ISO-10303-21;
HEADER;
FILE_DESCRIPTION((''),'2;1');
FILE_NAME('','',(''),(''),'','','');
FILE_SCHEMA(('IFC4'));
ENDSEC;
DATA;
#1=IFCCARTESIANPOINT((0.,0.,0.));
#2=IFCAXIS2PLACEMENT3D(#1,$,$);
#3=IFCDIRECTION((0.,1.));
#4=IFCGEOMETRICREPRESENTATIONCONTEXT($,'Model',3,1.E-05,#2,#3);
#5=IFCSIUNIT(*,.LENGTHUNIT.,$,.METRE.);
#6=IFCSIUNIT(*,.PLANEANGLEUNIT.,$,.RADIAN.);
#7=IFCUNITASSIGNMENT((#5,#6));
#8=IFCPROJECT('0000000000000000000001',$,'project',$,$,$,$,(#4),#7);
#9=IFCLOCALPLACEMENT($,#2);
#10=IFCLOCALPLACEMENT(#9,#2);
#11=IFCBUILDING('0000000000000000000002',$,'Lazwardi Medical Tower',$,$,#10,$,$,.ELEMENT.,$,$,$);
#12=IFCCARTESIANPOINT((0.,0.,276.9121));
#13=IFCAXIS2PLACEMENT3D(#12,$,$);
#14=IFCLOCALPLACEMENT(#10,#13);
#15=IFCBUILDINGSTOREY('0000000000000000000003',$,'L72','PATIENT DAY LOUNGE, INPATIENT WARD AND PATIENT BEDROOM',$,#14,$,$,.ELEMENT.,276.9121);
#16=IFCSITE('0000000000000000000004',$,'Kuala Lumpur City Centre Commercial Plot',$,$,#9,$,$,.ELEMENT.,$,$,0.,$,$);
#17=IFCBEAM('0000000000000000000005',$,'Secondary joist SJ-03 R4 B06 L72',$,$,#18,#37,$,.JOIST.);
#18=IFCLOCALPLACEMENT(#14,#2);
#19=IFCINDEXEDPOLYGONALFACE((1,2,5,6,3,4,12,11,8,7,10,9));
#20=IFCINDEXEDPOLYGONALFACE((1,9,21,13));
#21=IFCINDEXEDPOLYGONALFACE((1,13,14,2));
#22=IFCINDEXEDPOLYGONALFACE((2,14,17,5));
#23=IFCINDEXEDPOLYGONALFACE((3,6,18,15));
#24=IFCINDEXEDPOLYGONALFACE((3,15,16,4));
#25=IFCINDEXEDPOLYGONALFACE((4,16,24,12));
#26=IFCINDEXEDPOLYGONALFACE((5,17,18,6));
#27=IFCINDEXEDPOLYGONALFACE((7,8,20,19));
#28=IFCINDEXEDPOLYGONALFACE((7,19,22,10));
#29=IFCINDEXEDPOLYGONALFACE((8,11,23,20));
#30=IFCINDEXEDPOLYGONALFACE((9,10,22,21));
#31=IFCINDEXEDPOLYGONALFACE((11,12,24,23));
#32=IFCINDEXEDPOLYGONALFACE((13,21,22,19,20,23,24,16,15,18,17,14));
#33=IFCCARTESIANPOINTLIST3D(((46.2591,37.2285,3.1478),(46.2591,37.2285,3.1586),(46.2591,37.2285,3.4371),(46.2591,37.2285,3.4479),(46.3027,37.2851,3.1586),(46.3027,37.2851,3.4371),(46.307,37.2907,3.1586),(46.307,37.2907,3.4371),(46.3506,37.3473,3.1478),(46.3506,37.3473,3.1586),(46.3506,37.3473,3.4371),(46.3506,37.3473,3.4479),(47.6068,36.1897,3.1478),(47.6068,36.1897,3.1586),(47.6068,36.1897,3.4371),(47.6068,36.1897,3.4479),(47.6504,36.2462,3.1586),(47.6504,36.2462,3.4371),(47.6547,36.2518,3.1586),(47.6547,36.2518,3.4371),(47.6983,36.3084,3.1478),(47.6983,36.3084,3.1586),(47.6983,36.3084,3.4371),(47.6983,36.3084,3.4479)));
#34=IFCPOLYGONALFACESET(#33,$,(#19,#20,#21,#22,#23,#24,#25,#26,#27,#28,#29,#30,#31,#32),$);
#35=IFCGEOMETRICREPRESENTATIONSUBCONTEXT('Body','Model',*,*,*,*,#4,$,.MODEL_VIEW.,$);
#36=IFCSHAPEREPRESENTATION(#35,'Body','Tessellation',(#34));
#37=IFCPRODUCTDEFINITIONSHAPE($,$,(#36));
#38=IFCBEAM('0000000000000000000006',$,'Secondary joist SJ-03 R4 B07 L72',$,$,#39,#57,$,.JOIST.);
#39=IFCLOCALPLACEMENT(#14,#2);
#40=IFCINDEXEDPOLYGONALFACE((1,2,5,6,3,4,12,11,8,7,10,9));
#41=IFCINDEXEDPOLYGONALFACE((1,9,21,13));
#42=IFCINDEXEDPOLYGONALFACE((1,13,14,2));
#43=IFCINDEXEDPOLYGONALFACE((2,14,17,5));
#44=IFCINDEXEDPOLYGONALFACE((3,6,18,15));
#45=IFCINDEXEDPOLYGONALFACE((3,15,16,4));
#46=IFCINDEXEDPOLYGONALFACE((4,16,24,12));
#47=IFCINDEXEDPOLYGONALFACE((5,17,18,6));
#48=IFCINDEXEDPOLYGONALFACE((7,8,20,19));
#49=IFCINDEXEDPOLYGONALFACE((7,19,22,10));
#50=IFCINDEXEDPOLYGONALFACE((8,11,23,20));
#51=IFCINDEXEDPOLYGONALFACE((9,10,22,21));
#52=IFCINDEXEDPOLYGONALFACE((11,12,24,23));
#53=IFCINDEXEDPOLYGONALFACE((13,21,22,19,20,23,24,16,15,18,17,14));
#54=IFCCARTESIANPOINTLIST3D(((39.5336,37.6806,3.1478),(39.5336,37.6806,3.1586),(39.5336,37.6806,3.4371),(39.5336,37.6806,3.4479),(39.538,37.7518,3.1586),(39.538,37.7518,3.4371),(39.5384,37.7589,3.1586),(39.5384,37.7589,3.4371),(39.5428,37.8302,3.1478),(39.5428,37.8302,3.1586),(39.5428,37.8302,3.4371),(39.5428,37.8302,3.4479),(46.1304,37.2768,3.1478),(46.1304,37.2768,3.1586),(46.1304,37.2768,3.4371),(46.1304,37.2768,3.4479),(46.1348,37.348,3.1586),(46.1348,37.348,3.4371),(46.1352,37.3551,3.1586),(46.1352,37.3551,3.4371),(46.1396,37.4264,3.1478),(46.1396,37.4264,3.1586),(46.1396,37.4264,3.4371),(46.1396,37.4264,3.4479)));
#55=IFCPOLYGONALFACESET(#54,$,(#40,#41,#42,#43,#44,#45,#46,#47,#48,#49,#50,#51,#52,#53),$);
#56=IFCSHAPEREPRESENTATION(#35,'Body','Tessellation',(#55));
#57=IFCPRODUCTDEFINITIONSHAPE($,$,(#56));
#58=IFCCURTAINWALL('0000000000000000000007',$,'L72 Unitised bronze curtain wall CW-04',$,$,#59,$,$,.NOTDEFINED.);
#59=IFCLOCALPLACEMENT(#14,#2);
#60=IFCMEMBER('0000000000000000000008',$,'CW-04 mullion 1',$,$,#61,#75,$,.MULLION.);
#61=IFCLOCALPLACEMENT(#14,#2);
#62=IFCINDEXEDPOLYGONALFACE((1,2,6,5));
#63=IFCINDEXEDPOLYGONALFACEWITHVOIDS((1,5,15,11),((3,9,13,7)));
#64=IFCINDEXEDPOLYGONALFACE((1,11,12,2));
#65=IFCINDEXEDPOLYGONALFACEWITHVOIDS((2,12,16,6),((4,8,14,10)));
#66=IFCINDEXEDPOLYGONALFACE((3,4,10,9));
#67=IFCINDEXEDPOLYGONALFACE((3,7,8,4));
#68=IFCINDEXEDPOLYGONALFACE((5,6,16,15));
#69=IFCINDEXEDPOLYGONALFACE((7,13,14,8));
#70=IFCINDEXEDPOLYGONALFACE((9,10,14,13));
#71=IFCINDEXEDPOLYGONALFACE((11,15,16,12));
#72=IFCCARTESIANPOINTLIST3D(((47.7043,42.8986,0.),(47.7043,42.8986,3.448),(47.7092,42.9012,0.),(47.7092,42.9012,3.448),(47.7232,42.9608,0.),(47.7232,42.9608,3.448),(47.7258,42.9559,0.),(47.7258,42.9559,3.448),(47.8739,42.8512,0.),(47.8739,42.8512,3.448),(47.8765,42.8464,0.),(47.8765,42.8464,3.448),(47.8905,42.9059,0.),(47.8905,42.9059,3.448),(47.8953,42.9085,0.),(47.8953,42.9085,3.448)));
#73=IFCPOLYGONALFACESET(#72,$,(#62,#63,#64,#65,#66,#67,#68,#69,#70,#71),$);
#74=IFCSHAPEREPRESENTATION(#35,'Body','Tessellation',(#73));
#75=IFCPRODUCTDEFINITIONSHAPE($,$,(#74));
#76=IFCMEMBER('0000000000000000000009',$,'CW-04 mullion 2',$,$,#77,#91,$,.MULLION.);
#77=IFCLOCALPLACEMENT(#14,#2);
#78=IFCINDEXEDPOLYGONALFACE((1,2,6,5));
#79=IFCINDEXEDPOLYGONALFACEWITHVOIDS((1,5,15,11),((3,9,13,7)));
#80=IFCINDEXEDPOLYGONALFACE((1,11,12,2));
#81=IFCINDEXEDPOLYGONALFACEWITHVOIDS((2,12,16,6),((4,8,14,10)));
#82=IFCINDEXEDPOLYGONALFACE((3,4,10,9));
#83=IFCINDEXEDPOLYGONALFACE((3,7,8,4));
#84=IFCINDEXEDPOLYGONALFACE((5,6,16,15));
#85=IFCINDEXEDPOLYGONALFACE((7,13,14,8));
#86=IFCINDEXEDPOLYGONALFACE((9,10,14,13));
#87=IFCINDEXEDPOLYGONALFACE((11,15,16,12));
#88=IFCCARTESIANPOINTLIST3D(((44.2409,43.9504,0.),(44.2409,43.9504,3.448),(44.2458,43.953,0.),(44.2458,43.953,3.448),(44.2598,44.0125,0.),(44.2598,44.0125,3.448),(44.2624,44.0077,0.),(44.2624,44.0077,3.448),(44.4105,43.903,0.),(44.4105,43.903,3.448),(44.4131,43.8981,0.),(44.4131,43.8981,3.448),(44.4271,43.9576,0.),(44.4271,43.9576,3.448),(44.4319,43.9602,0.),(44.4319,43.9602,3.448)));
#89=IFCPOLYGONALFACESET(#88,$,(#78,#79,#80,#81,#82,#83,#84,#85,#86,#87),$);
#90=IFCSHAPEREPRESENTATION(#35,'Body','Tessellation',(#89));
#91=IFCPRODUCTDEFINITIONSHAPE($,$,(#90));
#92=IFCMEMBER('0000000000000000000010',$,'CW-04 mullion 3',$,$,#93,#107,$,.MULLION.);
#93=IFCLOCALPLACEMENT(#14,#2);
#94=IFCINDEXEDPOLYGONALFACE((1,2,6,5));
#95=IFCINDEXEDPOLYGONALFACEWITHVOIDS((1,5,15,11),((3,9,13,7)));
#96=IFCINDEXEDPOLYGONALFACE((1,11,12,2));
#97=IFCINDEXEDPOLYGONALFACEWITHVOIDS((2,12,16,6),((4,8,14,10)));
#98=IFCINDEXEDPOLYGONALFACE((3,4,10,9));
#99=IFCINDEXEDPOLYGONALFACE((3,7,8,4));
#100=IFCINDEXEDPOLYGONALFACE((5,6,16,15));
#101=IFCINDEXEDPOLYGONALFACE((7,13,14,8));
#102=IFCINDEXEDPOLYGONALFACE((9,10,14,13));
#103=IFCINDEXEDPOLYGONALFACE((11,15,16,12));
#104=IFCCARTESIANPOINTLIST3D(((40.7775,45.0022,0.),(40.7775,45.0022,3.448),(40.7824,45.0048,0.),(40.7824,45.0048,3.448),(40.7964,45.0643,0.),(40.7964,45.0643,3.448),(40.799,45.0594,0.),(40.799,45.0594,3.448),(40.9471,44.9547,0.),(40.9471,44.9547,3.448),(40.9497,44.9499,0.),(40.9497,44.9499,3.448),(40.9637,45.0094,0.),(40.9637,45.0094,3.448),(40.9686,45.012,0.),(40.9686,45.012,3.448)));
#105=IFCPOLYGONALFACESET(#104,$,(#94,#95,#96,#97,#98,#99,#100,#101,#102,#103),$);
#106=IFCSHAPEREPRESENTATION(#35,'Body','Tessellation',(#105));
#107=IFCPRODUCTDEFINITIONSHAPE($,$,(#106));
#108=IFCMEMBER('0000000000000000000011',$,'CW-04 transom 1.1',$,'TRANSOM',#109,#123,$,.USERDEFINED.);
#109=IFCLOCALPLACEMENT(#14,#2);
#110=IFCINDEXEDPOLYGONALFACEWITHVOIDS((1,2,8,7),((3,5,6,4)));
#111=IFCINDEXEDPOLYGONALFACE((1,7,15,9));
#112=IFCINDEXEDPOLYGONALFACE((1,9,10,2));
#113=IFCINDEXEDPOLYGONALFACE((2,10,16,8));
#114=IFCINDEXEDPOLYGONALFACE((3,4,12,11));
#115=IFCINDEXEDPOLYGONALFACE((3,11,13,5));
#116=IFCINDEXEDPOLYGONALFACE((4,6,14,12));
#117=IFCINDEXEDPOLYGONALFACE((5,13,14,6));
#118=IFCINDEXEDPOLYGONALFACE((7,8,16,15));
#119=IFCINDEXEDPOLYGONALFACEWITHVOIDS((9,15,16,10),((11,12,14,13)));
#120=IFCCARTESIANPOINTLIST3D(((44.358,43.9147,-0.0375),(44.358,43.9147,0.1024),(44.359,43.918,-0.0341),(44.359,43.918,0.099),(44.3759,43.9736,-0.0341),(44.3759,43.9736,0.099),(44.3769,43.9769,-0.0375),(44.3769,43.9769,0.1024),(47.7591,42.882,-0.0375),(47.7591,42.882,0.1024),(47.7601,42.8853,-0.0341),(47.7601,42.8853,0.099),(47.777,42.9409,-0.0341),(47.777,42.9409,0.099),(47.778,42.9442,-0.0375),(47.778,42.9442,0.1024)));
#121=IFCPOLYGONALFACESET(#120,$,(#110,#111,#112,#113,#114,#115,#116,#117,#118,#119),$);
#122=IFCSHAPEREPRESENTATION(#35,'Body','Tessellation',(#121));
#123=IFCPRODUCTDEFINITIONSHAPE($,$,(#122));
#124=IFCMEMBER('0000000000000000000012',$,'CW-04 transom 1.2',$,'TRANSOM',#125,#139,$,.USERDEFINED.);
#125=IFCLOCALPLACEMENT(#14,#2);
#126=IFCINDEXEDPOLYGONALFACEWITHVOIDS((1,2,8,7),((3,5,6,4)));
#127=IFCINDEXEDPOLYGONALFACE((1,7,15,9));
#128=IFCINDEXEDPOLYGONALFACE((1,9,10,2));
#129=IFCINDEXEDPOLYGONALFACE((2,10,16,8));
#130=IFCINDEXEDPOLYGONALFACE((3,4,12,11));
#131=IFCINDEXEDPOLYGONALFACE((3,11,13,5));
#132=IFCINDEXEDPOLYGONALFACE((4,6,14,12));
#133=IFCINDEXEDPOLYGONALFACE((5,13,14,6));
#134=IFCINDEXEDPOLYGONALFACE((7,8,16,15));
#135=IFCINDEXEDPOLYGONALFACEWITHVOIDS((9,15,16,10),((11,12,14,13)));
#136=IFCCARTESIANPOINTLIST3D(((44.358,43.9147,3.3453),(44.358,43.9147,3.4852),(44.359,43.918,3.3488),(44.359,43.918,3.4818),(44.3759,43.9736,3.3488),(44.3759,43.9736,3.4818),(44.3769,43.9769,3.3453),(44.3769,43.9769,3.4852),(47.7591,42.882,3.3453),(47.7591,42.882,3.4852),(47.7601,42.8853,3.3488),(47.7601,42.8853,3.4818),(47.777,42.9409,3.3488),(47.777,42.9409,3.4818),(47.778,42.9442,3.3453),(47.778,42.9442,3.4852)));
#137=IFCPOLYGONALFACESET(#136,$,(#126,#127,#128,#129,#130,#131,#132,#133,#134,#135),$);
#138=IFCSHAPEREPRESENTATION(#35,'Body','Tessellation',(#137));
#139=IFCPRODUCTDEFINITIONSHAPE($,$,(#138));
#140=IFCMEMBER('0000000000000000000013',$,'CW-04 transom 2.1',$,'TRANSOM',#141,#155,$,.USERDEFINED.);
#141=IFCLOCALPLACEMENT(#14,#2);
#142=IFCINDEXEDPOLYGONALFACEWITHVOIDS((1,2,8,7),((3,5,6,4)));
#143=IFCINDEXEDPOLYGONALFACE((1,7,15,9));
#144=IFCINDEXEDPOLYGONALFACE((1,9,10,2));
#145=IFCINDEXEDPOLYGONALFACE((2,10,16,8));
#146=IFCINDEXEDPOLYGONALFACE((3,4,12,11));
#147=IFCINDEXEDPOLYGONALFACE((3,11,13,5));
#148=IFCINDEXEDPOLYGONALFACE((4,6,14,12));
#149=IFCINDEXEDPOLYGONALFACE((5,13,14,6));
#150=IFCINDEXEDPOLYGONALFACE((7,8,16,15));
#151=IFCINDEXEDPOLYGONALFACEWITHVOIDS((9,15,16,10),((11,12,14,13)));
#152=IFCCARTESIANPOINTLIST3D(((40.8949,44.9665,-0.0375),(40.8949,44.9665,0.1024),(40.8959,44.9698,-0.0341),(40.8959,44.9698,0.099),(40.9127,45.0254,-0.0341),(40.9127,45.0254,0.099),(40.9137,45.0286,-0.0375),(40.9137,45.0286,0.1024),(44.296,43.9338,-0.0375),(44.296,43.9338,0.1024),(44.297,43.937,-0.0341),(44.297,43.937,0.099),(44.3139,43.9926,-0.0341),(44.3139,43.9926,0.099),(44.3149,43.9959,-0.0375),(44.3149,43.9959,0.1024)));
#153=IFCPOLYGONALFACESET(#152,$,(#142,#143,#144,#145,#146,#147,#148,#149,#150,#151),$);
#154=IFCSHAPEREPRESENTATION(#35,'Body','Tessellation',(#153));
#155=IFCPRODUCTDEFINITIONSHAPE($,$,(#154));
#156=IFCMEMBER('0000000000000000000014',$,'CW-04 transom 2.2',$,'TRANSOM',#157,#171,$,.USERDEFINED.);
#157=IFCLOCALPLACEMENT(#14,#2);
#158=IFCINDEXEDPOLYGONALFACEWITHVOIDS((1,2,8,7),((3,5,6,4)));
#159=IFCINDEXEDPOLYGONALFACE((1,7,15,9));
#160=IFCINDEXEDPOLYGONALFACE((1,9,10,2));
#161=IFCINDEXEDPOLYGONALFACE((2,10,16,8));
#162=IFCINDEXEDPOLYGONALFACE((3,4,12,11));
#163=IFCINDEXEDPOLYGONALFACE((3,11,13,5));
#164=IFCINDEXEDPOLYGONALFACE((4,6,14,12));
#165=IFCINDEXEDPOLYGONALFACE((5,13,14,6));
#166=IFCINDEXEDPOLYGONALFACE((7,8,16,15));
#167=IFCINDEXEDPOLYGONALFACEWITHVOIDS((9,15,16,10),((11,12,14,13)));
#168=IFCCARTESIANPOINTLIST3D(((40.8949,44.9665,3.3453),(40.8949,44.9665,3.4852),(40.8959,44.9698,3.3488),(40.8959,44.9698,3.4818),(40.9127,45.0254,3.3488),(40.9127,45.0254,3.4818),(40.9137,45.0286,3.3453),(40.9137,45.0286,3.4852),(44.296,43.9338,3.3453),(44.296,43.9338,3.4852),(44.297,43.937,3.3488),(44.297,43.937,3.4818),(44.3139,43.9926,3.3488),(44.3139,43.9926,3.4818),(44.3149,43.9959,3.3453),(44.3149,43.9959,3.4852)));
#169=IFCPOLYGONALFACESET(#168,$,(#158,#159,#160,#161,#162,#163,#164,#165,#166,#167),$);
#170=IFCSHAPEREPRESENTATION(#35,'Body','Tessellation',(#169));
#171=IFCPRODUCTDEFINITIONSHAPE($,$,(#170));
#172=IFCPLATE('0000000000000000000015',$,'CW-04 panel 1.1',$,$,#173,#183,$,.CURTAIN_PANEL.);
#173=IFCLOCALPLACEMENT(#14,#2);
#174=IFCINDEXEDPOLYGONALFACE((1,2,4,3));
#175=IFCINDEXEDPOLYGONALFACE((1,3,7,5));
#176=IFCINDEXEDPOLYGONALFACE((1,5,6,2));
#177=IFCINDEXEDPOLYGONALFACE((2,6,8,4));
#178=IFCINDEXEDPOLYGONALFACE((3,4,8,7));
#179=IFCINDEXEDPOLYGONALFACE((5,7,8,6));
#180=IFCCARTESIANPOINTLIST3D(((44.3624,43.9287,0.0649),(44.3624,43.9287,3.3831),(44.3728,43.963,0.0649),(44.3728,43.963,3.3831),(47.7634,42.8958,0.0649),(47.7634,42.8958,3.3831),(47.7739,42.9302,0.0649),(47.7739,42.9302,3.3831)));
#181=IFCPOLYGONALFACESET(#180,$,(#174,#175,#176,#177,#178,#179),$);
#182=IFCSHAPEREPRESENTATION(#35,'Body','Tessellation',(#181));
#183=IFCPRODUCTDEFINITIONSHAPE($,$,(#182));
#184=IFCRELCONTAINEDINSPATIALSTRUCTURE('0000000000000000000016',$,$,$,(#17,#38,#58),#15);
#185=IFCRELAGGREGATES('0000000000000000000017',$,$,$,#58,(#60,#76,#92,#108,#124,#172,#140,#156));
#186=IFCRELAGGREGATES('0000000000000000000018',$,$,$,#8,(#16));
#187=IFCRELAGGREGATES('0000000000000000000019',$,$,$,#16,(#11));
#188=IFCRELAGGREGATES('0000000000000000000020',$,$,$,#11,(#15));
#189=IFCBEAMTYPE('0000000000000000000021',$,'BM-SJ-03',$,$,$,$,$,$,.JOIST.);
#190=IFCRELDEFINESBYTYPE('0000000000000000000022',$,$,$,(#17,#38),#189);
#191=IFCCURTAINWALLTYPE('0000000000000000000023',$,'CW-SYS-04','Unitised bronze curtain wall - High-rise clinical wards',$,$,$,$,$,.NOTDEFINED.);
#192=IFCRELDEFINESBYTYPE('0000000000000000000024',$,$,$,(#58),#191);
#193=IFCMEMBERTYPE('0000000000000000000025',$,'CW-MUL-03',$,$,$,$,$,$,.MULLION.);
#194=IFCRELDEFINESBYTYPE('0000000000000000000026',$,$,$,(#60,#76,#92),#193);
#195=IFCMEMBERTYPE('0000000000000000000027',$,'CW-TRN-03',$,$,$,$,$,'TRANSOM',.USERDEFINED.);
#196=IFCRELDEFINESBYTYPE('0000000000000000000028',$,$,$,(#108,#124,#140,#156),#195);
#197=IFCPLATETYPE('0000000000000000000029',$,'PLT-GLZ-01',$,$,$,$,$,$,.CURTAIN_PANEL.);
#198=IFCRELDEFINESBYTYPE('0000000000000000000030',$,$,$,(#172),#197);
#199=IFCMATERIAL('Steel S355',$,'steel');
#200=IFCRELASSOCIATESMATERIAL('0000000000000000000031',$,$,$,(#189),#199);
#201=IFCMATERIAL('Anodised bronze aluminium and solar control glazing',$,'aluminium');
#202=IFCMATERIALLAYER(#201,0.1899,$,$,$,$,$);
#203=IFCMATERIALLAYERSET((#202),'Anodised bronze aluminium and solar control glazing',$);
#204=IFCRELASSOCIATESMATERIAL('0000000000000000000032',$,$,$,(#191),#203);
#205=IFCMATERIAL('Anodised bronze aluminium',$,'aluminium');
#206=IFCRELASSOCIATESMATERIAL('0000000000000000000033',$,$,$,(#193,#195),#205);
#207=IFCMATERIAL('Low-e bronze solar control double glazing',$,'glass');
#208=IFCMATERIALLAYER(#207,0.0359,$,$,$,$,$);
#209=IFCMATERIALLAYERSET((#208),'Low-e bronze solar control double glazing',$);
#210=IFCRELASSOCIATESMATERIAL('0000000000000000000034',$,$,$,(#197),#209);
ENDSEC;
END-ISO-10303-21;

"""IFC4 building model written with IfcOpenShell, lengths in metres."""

from ifc_helpers import new_model, si_unit, direction, frame, origin, origin_2d, place, context, subcontext, project, spatial, rectangle, hollow_rectangle, i_section, extrude, material, layer, layer_set, material_profile, profile_set, type_object, element, aggregate, save


model = new_model("IFC4")

# Units and contexts
model_context = context("Model", 3, precision=1e-05, world=origin(), true_north=direction((0.0, 1.0)))
body_context = subcontext(model_context, "Body", "Model", "MODEL_VIEW")
ifc_project = project(units=[si_unit("LENGTHUNIT", "METRE"), si_unit("PLANEANGLEUNIT", "RADIAN")], contexts=[model_context])

# Site, building, storey
site_placement = place(None, origin())
site = spatial("IfcSite", under=ifc_project, at=site_placement, Name="Kuala Lumpur City Centre Commercial Plot", CompositionType="ELEMENT", RefElevation=0.0)
building_placement = place(site_placement, origin())
building = spatial("IfcBuilding", under=site, at=building_placement, Name="Lazwardi Medical Tower", CompositionType="ELEMENT")
storey_placement = place(building_placement, frame((0.0, 0.0, 276.9121)))
storey = spatial("IfcBuildingStorey", under=building, at=storey_placement, Name="L72", Description="PATIENT DAY LOUNGE, INPATIENT WARD AND PATIENT BEDROOM", CompositionType="ELEMENT", Elevation=276.9121)

# Beams
ifc_material_1 = material(Name="Steel S355", Category="steel")
ifc_material_profile_1 = material_profile(ifc_material_1, i_section(OverallWidth=0.1499, OverallDepth=0.3, WebThickness=0.0071, FlangeThickness=0.0107, at=origin_2d()), Name="IPE 300")
ifc_profile_set_1 = profile_set([ifc_material_profile_1], Name="Steel S355")
beam_type_1 = type_object("IfcBeamType", Name="BM-SJ-03", PredefinedType="JOIST", material=ifc_profile_set_1)
beam_1_placement = place(storey_placement, frame((47.6526, 36.249, 3.2979), z_axis=(-0.79201, 0.610508, 0.0), x_axis=(-0.610508, -0.79201, 0.0)))
element("IfcBeam", 1, at=beam_1_placement, inside=storey, type_object=beam_type_1, Name="Secondary joist SJ-03 R4 B06 L72", PredefinedType="JOIST", context=body_context, shape_type="SweptSolid", body=[
    extrude(i_section(OverallWidth=0.1499, OverallDepth=0.3, WebThickness=0.0071, FlangeThickness=0.0107, at=origin_2d()), origin(), (0.0, 0.0, 1.0), 1.7017),
])
beam_2_placement = place(storey_placement, frame((46.135, 37.3516, 3.2979), z_axis=(-0.998132, 0.0611, 0.0), x_axis=(-0.0611, -0.998132, 0.0)))
element("IfcBeam", 2, at=beam_2_placement, inside=storey, type_object=beam_type_1, Name="Secondary joist SJ-03 R4 B07 L72", PredefinedType="JOIST", context=body_context, shape_type="SweptSolid", body=[
    extrude(i_section(OverallWidth=0.1499, OverallDepth=0.3, WebThickness=0.0071, FlangeThickness=0.0107, at=origin_2d()), origin(), (0.0, 0.0, 1.0), 6.6091),
])

# Curtain wall, members, plate
ifc_material_2 = material(Name="Anodised bronze aluminium and solar control glazing", Category="aluminium")
ifc_layer_1 = layer(ifc_material_2, 0.1899)
ifc_layer_set_1 = layer_set([ifc_layer_1], Name="Anodised bronze aluminium and solar control glazing")
curtain_wall_type = type_object("IfcCurtainWallType", Name="CW-SYS-04", Description="Unitised bronze curtain wall - High-rise clinical wards", PredefinedType="NOTDEFINED", material=ifc_layer_set_1)
curtain_wall_placement = place(storey_placement, origin())
curtain_wall = element("IfcCurtainWall", 3, at=curtain_wall_placement, inside=storey, type_object=curtain_wall_type, Name="L72 Unitised bronze curtain wall CW-04", PredefinedType="NOTDEFINED")
ifc_material_3 = material(Name="Anodised bronze aluminium", Category="aluminium")
ifc_material_profile_2 = material_profile(ifc_material_3, hollow_rectangle(XDim=0.0649, YDim=0.1799, WallThickness=0.0039, at=origin_2d()), Name="ALU-MULLION 180x65x4")
ifc_profile_set_2 = profile_set([ifc_material_profile_2], Name="Anodised bronze aluminium")
member_type_1 = type_object("IfcMemberType", Name="CW-MUL-03", PredefinedType="MULLION", material=ifc_profile_set_2)
member_1_placement = place(storey_placement, frame((47.7998, 42.9036, 0.0), z_axis=(0.0, 0.0, 1.0), x_axis=(-0.290582, -0.95685, 0.0)))
member_1 = element("IfcMember", 4, at=member_1_placement, type_object=member_type_1, Name="CW-04 mullion 1", PredefinedType="MULLION", context=body_context, shape_type="SweptSolid", body=[
    extrude(hollow_rectangle(XDim=0.0649, YDim=0.1799, WallThickness=0.0039, at=origin_2d()), origin(), (0.0, 0.0, 1.0), 3.448),
])
member_2_placement = place(storey_placement, frame((44.3364, 43.9553, 0.0), z_axis=(0.0, 0.0, 1.0), x_axis=(-0.290582, -0.95685, 0.0)))
member_2 = element("IfcMember", 5, at=member_2_placement, type_object=member_type_1, Name="CW-04 mullion 2", PredefinedType="MULLION", context=body_context, shape_type="SweptSolid", body=[
    extrude(hollow_rectangle(XDim=0.0649, YDim=0.1799, WallThickness=0.0039, at=origin_2d()), origin(), (0.0, 0.0, 1.0), 3.448),
])
member_3_placement = place(storey_placement, frame((40.873, 45.0071, 0.0), z_axis=(0.0, 0.0, 1.0), x_axis=(-0.290582, -0.95685, 0.0)))
member_3 = element("IfcMember", 6, at=member_3_placement, type_object=member_type_1, Name="CW-04 mullion 3", PredefinedType="MULLION", context=body_context, shape_type="SweptSolid", body=[
    extrude(hollow_rectangle(XDim=0.0649, YDim=0.1799, WallThickness=0.0039, at=origin_2d()), origin(), (0.0, 0.0, 1.0), 3.448),
])
ifc_material_profile_3 = material_profile(ifc_material_3, hollow_rectangle(XDim=0.0649, YDim=0.1399, WallThickness=0.0034, at=origin_2d()), Name="ALU-TRANSOM 140x65x3.5")
ifc_profile_set_3 = profile_set([ifc_material_profile_3], Name="Anodised bronze aluminium")
member_type_2 = type_object("IfcMemberType", Name="CW-TRN-03", ElementType="TRANSOM", PredefinedType="USERDEFINED", material=ifc_profile_set_3)
member_4_placement = place(storey_placement, frame((47.7686, 42.9131, 0.0325), z_axis=(-0.956863, 0.290541, 0.0), x_axis=(-0.290541, -0.956863, 0.0)))
member_4 = element("IfcMember", 7, at=member_4_placement, type_object=member_type_2, Name="CW-04 transom 1.1", ObjectType="TRANSOM", PredefinedType="USERDEFINED", context=body_context, shape_type="SweptSolid", body=[
    extrude(hollow_rectangle(XDim=0.0649, YDim=0.1399, WallThickness=0.0034, at=origin_2d()), origin(), (0.0, 0.0, 1.0), 3.5544),
])
member_5_placement = place(storey_placement, frame((47.7686, 42.9131, 3.4153), z_axis=(-0.956863, 0.290541, 0.0), x_axis=(-0.290541, -0.956863, 0.0)))
member_5 = element("IfcMember", 8, at=member_5_placement, type_object=member_type_2, Name="CW-04 transom 1.2", ObjectType="TRANSOM", PredefinedType="USERDEFINED", context=body_context, shape_type="SweptSolid", body=[
    extrude(hollow_rectangle(XDim=0.0649, YDim=0.1399, WallThickness=0.0034, at=origin_2d()), origin(), (0.0, 0.0, 1.0), 3.5544),
])
member_6_placement = place(storey_placement, frame((44.3054, 43.9648, 0.0325), z_axis=(-0.956863, 0.290541, 0.0), x_axis=(-0.290541, -0.956863, 0.0)))
member_6 = element("IfcMember", 9, at=member_6_placement, type_object=member_type_2, Name="CW-04 transom 2.1", ObjectType="TRANSOM", PredefinedType="USERDEFINED", context=body_context, shape_type="SweptSolid", body=[
    extrude(hollow_rectangle(XDim=0.0649, YDim=0.1399, WallThickness=0.0034, at=origin_2d()), origin(), (0.0, 0.0, 1.0), 3.5544),
])
member_7_placement = place(storey_placement, frame((44.3054, 43.9648, 3.4153), z_axis=(-0.956863, 0.290541, 0.0), x_axis=(-0.290541, -0.956863, 0.0)))
member_7 = element("IfcMember", 10, at=member_7_placement, type_object=member_type_2, Name="CW-04 transom 2.2", ObjectType="TRANSOM", PredefinedType="USERDEFINED", context=body_context, shape_type="SweptSolid", body=[
    extrude(hollow_rectangle(XDim=0.0649, YDim=0.1399, WallThickness=0.0034, at=origin_2d()), origin(), (0.0, 0.0, 1.0), 3.5544),
])
ifc_material_4 = material(Name="Low-e bronze solar control double glazing", Category="glass")
ifc_layer_2 = layer(ifc_material_4, 0.0359)
ifc_layer_set_2 = layer_set([ifc_layer_2], Name="Low-e bronze solar control double glazing")
plate_type = type_object("IfcPlateType", Name="PLT-GLZ-01", PredefinedType="CURTAIN_PANEL", material=ifc_layer_set_2)
plate_1_placement = place(storey_placement, frame((46.0681, 43.4294, 0.0649), z_axis=(0.0, 0.0, 1.0), x_axis=(-0.95685, 0.290582, 0.0)))
plate_1 = element("IfcPlate", 11, at=plate_1_placement, type_object=plate_type, Name="CW-04 panel 1.1", PredefinedType="CURTAIN_PANEL", context=body_context, shape_type="SweptSolid", body=[
    extrude(rectangle(XDim=3.5544, YDim=0.0359, at=origin_2d()), origin(), (0.0, 0.0, 1.0), 3.3181),
])
aggregate(curtain_wall, [member_1, member_2, member_3, member_4, member_5, plate_1, member_6, member_7])

save(model, "model.ifc")
